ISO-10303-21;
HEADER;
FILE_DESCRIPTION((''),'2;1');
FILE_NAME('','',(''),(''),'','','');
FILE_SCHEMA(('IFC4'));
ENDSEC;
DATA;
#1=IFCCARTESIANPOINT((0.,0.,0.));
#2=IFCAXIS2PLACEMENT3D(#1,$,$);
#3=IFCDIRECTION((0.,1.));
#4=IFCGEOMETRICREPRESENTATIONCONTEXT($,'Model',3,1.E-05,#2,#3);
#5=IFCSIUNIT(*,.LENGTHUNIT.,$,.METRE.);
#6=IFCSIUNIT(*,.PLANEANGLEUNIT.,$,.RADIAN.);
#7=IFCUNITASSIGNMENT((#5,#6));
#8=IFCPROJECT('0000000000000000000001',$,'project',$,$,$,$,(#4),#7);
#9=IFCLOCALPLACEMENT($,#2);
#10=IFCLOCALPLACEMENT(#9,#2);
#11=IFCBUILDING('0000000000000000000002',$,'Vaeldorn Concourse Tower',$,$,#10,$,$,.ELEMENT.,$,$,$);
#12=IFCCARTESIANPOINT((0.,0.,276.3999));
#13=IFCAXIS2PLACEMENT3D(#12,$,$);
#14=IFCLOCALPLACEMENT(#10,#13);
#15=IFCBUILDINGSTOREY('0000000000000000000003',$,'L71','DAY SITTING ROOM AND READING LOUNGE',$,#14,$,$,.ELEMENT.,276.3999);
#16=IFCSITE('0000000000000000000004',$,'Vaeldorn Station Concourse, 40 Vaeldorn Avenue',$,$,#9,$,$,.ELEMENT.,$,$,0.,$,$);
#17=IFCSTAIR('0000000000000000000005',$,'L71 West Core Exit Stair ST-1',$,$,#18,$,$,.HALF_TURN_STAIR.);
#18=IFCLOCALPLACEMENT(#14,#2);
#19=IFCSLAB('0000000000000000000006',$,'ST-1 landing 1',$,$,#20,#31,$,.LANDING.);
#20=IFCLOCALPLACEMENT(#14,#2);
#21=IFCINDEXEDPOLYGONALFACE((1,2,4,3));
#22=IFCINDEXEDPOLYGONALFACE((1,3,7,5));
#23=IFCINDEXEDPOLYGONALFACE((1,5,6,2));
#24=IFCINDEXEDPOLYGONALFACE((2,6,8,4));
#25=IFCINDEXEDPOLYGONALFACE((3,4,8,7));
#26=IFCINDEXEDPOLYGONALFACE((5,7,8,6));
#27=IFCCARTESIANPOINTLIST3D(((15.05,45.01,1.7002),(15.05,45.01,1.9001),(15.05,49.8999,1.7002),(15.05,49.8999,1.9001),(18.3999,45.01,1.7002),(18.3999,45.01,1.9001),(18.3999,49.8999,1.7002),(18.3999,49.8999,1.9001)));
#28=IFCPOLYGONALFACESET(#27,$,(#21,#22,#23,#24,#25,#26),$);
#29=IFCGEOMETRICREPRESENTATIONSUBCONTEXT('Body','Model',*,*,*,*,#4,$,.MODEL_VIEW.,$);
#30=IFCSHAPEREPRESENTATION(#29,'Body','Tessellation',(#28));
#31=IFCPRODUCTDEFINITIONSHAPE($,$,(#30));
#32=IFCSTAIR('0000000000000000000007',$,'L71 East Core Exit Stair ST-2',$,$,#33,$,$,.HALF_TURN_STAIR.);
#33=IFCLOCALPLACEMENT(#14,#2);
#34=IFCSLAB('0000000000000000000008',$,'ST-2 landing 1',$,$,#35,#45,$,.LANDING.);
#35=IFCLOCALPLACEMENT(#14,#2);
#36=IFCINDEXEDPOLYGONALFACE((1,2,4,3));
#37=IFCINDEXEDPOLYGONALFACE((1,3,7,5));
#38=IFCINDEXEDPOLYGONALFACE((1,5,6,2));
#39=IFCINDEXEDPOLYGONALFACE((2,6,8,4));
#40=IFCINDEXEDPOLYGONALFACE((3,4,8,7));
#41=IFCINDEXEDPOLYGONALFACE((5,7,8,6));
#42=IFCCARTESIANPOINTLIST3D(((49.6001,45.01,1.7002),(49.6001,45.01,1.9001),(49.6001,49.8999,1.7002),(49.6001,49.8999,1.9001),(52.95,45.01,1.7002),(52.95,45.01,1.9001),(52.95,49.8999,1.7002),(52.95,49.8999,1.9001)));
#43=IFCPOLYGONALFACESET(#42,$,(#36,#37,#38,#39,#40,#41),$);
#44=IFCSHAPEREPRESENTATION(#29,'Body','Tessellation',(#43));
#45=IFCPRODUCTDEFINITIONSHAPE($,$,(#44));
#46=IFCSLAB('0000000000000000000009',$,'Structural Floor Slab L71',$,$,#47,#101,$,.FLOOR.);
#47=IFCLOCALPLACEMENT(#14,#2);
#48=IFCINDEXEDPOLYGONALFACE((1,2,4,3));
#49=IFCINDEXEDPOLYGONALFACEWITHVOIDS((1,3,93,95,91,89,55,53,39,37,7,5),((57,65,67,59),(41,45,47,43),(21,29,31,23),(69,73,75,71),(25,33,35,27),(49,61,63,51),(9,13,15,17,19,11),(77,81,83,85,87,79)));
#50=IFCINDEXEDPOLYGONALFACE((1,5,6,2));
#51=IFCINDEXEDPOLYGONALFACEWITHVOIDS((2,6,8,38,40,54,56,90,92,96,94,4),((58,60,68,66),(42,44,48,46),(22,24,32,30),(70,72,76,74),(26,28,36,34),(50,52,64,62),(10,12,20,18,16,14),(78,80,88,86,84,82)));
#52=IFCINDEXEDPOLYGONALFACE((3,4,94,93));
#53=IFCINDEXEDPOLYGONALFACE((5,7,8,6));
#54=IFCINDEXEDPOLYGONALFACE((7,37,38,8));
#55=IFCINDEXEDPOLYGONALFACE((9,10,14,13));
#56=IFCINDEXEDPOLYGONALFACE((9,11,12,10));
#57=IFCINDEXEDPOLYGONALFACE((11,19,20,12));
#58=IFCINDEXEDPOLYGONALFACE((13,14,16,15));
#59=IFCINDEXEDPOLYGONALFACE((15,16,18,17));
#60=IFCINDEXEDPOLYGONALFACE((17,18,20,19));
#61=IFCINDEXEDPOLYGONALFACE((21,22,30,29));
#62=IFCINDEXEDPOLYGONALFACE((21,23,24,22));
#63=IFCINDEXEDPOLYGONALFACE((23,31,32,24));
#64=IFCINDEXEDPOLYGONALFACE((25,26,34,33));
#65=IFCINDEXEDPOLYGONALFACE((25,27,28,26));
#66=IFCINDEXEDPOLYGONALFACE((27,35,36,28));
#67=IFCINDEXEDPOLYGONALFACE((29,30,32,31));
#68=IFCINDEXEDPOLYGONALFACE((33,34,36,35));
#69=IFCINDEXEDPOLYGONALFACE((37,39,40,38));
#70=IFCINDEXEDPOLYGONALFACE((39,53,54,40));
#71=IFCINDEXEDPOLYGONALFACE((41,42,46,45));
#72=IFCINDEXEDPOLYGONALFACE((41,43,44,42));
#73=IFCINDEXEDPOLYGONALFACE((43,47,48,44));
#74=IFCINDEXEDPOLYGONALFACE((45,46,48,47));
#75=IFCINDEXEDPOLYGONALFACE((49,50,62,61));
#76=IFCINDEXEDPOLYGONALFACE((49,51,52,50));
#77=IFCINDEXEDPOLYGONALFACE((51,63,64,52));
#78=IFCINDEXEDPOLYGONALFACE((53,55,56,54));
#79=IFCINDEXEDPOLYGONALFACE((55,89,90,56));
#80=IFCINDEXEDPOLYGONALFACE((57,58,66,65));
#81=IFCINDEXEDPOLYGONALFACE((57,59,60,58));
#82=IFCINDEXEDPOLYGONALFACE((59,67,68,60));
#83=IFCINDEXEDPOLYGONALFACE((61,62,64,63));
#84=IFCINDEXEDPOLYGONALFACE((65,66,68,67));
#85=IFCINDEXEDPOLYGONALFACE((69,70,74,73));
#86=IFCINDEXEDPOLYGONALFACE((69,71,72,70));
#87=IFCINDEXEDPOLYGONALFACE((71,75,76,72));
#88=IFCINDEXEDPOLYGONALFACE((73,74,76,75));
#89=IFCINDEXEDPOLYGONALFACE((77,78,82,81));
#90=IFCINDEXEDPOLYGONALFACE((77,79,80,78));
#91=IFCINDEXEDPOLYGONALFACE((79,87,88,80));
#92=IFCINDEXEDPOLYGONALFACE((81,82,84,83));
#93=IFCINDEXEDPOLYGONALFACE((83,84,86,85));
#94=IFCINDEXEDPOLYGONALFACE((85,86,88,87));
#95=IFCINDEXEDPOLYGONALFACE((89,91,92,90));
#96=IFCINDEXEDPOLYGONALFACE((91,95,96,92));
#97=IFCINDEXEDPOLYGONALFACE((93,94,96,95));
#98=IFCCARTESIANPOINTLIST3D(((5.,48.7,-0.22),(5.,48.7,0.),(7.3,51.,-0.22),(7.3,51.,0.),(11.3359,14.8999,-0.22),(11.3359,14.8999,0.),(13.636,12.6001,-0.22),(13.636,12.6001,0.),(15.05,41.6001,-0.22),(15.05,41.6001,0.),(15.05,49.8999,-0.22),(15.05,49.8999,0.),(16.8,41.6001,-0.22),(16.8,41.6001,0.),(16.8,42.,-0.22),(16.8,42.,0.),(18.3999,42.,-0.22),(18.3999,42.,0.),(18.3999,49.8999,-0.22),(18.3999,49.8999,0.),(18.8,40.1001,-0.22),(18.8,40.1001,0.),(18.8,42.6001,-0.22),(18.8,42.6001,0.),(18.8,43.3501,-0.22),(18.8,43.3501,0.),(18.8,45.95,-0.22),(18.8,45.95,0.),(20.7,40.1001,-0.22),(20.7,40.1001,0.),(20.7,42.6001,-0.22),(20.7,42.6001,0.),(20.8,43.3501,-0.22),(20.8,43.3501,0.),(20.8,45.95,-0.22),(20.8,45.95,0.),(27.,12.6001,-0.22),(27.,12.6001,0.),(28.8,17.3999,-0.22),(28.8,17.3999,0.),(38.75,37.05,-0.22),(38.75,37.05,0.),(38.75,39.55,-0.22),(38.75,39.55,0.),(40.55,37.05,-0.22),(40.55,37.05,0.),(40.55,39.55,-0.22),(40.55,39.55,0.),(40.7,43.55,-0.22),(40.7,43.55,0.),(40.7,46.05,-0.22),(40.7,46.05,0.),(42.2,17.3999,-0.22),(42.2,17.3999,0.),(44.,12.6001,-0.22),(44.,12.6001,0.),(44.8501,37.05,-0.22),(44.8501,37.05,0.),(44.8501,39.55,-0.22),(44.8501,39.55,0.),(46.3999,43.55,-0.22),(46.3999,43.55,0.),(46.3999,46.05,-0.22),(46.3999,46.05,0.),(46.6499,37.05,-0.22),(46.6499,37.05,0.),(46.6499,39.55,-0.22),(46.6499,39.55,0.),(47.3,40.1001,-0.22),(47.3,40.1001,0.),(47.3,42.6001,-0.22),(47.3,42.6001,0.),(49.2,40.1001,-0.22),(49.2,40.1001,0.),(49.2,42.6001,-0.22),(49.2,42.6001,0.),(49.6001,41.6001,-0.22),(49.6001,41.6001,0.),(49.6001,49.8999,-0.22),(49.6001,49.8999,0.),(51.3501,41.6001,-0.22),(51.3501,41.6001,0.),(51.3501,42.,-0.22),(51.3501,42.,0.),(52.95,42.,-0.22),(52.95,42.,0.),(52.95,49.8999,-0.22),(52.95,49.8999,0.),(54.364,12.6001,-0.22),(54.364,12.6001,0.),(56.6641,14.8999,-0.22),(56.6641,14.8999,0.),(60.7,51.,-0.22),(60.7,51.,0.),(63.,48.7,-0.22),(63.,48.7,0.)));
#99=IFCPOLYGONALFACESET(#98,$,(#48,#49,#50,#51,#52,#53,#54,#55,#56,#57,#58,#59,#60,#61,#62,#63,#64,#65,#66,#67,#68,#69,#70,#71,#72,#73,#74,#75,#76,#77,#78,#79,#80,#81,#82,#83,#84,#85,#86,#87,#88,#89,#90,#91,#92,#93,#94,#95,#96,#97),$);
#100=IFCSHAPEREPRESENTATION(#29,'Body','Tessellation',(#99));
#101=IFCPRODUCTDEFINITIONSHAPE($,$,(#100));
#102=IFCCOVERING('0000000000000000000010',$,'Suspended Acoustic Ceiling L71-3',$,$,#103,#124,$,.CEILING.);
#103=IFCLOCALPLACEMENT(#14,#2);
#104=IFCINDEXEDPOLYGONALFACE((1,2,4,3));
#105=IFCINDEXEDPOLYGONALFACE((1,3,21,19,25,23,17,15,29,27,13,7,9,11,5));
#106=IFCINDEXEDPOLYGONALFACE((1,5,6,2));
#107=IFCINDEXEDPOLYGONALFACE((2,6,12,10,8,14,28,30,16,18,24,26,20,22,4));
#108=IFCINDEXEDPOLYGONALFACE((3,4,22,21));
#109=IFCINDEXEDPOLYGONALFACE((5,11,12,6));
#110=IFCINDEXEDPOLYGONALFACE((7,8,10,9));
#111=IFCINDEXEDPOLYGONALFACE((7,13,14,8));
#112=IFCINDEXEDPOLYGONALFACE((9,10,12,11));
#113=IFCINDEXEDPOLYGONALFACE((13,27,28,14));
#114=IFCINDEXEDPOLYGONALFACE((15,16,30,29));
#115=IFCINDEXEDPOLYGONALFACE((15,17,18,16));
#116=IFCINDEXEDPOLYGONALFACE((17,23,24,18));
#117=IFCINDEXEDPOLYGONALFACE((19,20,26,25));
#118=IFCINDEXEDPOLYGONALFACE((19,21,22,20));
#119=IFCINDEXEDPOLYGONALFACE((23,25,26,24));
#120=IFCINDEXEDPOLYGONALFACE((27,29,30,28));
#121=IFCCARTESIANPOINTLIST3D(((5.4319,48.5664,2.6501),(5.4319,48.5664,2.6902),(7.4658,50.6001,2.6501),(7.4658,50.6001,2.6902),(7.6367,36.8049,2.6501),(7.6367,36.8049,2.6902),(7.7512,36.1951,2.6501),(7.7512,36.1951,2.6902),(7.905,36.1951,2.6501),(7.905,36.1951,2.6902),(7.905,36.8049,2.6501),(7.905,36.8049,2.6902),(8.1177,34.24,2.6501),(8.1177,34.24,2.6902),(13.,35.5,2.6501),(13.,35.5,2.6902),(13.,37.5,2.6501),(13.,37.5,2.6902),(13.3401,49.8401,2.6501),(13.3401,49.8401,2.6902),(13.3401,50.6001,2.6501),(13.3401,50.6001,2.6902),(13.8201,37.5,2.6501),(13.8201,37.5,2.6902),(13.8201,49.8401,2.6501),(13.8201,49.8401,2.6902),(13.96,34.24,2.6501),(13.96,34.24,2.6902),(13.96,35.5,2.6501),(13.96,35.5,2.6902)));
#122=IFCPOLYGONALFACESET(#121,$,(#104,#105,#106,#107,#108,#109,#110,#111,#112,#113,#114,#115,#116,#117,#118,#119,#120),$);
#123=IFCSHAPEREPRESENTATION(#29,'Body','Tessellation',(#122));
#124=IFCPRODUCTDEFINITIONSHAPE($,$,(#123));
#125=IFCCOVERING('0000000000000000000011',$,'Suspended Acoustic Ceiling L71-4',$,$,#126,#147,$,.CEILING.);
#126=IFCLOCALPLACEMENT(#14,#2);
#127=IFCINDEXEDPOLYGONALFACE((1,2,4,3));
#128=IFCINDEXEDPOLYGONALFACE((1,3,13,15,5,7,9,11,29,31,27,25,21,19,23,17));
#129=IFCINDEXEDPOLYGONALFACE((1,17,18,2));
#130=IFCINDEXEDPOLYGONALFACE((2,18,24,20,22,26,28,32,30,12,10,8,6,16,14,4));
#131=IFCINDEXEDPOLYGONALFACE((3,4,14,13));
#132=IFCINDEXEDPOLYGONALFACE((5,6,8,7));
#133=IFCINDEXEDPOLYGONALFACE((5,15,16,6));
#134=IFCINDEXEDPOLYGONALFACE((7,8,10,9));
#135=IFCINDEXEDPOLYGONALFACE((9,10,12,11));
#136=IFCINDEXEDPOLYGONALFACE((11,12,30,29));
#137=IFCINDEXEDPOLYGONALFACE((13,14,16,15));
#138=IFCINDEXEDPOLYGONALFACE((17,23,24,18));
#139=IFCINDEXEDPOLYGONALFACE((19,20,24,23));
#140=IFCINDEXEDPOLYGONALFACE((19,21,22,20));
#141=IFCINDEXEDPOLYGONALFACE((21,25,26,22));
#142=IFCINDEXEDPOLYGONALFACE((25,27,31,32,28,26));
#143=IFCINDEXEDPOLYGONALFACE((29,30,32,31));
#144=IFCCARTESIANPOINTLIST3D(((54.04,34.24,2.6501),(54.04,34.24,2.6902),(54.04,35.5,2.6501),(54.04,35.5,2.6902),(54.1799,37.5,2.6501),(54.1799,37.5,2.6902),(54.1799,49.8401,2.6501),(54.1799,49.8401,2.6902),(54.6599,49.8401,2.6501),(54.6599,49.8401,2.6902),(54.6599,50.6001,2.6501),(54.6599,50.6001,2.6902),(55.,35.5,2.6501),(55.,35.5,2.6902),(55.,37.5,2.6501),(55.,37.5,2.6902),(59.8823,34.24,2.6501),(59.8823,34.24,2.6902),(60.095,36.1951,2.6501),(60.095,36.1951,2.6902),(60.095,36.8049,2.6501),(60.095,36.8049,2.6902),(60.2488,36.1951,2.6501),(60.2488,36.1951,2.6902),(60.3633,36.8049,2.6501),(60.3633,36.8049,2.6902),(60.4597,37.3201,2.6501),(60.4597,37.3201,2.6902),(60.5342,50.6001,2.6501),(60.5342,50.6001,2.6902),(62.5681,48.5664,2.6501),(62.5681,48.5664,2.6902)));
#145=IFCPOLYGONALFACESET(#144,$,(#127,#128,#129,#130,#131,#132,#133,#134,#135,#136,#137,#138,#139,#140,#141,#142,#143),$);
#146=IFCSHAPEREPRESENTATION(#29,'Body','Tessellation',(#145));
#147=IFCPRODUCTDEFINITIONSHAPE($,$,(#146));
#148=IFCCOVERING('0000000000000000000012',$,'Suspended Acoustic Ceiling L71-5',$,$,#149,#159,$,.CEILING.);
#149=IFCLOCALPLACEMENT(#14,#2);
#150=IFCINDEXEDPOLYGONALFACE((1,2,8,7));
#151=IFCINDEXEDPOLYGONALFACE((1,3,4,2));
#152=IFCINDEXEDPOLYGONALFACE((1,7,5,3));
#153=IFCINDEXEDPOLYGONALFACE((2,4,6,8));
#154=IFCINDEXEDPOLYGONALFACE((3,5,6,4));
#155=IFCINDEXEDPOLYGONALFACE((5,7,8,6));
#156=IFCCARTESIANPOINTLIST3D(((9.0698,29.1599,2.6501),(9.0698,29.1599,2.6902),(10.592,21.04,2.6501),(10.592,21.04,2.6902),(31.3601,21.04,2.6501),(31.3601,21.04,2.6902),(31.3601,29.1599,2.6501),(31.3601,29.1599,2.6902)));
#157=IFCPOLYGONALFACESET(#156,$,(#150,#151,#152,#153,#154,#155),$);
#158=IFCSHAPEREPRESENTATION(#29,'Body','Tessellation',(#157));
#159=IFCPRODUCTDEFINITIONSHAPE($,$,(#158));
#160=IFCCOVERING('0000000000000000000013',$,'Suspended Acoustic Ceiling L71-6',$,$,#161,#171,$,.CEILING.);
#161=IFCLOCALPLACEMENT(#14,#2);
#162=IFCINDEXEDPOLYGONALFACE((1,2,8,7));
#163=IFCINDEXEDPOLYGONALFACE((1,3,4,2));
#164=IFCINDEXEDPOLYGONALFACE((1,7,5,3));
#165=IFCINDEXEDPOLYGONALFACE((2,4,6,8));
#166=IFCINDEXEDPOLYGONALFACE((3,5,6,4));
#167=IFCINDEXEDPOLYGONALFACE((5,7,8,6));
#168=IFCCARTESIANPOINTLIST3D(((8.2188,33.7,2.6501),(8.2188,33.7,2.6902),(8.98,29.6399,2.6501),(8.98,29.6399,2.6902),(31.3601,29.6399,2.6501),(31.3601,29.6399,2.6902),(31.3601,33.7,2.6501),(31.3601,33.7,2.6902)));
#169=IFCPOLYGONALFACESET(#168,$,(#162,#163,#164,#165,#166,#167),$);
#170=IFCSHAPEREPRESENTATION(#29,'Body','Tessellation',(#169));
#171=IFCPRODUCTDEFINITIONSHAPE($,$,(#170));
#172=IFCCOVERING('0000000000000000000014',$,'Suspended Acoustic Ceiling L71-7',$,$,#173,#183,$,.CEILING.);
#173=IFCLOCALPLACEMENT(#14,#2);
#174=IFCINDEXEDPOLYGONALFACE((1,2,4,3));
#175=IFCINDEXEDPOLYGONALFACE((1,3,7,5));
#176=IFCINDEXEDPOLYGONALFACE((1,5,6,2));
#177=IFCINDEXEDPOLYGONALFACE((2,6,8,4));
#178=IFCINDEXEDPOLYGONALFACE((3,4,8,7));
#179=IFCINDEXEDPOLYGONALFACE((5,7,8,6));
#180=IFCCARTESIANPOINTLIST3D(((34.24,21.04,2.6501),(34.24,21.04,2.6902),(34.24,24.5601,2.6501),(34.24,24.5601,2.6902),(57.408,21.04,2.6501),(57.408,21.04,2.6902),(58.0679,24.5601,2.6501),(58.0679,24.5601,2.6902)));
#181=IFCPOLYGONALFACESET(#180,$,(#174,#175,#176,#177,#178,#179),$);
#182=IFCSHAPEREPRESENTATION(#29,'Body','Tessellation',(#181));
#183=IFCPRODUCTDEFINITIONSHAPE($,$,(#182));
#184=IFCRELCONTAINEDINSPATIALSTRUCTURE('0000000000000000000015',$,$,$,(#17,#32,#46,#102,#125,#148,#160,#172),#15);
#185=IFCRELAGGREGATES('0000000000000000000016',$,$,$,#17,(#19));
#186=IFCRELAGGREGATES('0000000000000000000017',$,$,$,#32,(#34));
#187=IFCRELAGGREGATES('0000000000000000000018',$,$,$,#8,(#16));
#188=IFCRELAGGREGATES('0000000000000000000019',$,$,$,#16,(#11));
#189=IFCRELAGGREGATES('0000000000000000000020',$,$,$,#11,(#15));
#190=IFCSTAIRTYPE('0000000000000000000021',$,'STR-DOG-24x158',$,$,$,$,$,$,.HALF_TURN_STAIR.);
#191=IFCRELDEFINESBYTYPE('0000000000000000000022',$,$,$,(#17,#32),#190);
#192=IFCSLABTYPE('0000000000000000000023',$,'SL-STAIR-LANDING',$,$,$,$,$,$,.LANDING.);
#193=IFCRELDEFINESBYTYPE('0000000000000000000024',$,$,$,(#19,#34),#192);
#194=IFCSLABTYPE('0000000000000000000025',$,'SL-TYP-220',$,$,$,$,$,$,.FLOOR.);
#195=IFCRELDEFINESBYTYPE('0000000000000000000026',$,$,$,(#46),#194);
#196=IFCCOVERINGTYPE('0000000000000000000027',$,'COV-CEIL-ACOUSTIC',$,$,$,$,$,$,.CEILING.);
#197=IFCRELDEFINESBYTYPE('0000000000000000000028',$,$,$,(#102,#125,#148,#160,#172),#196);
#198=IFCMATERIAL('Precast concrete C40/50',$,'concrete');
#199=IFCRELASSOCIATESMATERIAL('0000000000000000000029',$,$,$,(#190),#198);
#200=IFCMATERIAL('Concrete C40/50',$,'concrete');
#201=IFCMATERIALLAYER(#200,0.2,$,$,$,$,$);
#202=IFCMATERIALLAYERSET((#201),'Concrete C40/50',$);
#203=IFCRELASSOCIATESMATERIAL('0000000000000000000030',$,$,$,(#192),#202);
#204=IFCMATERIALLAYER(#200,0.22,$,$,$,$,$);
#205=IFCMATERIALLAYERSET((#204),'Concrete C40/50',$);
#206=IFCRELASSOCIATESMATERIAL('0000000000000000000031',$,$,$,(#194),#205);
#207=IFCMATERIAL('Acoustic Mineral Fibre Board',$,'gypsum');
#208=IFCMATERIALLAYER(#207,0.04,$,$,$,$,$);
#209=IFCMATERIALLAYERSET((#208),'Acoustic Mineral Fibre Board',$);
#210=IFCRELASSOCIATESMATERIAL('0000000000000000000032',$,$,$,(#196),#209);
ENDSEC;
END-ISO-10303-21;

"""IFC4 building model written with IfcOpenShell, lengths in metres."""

from ifc_helpers import new_model, si_unit, direction, frame, origin, place, context, subcontext, project, spatial, polyline, outline, extrude, material, layer, layer_set, type_object, element, aggregate, save


model = new_model("IFC4")

# Units and contexts
model_context = context("Model", 3, precision=1e-05, world=origin(), true_north=direction((0.0, 1.0)))
body_context = subcontext(model_context, "Body", "Model", "MODEL_VIEW")
ifc_project = project(units=[si_unit("LENGTHUNIT", "METRE"), si_unit("PLANEANGLEUNIT", "RADIAN")], contexts=[model_context])

# Site, building, storey
site_placement = place(None, origin())
site = spatial("IfcSite", under=ifc_project, at=site_placement, Name="Vaeldorn Station Concourse, 40 Vaeldorn Avenue", CompositionType="ELEMENT", RefElevation=0.0)
building_placement = place(site_placement, origin())
building = spatial("IfcBuilding", under=site, at=building_placement, Name="Vaeldorn Concourse Tower", CompositionType="ELEMENT")
storey_placement = place(building_placement, frame((0.0, 0.0, 276.3999)))
storey = spatial("IfcBuildingStorey", under=building, at=storey_placement, Name="L71", Description="DAY SITTING ROOM AND READING LOUNGE", CompositionType="ELEMENT", Elevation=276.3999)

# Stairs, slabs
ifc_material_1 = material(Name="Precast concrete C40/50", Category="concrete")
stair_type = type_object("IfcStairType", Name="STR-DOG-24x158", PredefinedType="HALF_TURN_STAIR", material=ifc_material_1)
stair_1_placement = place(storey_placement, origin())
stair_1 = element("IfcStair", 1, at=stair_1_placement, inside=storey, type_object=stair_type, Name="L71 West Core Exit Stair ST-1", PredefinedType="HALF_TURN_STAIR")
ifc_material_2 = material(Name="Concrete C40/50", Category="concrete")
ifc_layer_1 = layer(ifc_material_2, 0.2)
ifc_layer_set_1 = layer_set([ifc_layer_1], Name="Concrete C40/50")
slab_type_1 = type_object("IfcSlabType", Name="SL-STAIR-LANDING", PredefinedType="LANDING", material=ifc_layer_set_1)
slab_1_placement = place(storey_placement, frame((0.0, 0.0, 1.7002)))
slab_1 = element("IfcSlab", 2, at=slab_1_placement, type_object=slab_type_1, Name="ST-1 landing 1", PredefinedType="LANDING", context=body_context, shape_type="SweptSolid", body=[
    extrude(outline(polyline([(18.3999, 45.01), (18.3999, 49.8999), (15.05, 49.8999), (15.05, 45.01), (18.3999, 45.01)])), origin(), (0.0, 0.0, 1.0), 0.2),
])
aggregate(stair_1, [slab_1])
stair_2_placement = place(storey_placement, origin())
stair_2 = element("IfcStair", 3, at=stair_2_placement, inside=storey, type_object=stair_type, Name="L71 East Core Exit Stair ST-2", PredefinedType="HALF_TURN_STAIR")
slab_2_placement = place(storey_placement, frame((0.0, 0.0, 1.7002)))
slab_2 = element("IfcSlab", 4, at=slab_2_placement, type_object=slab_type_1, Name="ST-2 landing 1", PredefinedType="LANDING", context=body_context, shape_type="SweptSolid", body=[
    extrude(outline(polyline([(52.95, 45.01), (52.95, 49.8999), (49.6001, 49.8999), (49.6001, 45.01), (52.95, 45.01)])), origin(), (0.0, 0.0, 1.0), 0.2),
])
aggregate(stair_2, [slab_2])

# Slab
ifc_layer_2 = layer(ifc_material_2, 0.22)
ifc_layer_set_2 = layer_set([ifc_layer_2], Name="Concrete C40/50")
slab_type_2 = type_object("IfcSlabType", Name="SL-TYP-220", PredefinedType="FLOOR", material=ifc_layer_set_2)
slab_3_placement = place(storey_placement, frame((0.0, 0.0, -0.22)))
element("IfcSlab", 5, at=slab_3_placement, inside=storey, type_object=slab_type_2, Name="Structural Floor Slab L71", PredefinedType="FLOOR", context=body_context, shape_type="SweptSolid", body=[
    extrude(outline(polyline([(13.636, 12.6001), (27.0, 12.6001), (28.8, 17.3999), (42.2, 17.3999), (44.0, 12.6001), (54.364, 12.6001), (56.6641, 14.8999), (63.0, 48.7), (60.7, 51.0), (7.3, 51.0), (5.0, 48.7), (11.3359, 14.8999), (13.636, 12.6001)]), holes=[polyline([(18.3999, 42.0), (18.3999, 49.8999), (15.05, 49.8999), (15.05, 41.6001), (16.8, 41.6001), (16.8, 42.0), (18.3999, 42.0)]), polyline([(52.95, 42.0), (52.95, 49.8999), (49.6001, 49.8999), (49.6001, 41.6001), (51.3501, 41.6001), (51.3501, 42.0), (52.95, 42.0)]), polyline([(38.75, 37.05), (40.55, 37.05), (40.55, 39.55), (38.75, 39.55), (38.75, 37.05)]), polyline([(44.8501, 37.05), (46.6499, 37.05), (46.6499, 39.55), (44.8501, 39.55), (44.8501, 37.05)]), polyline([(40.7, 43.55), (46.3999, 43.55), (46.3999, 46.05), (40.7, 46.05), (40.7, 43.55)]), polyline([(18.8, 43.3501), (20.8, 43.3501), (20.8, 45.95), (18.8, 45.95), (18.8, 43.3501)]), polyline([(18.8, 40.1001), (20.7, 40.1001), (20.7, 42.6001), (18.8, 42.6001), (18.8, 40.1001)]), polyline([(47.3, 40.1001), (49.2, 40.1001), (49.2, 42.6001), (47.3, 42.6001), (47.3, 40.1001)])]), origin(), (0.0, 0.0, 1.0), 0.22),
])

# Coverings
ifc_material_3 = material(Name="Acoustic Mineral Fibre Board", Category="gypsum")
ifc_layer_3 = layer(ifc_material_3, 0.04)
ifc_layer_set_3 = layer_set([ifc_layer_3], Name="Acoustic Mineral Fibre Board")
covering_type_1 = type_object("IfcCoveringType", Name="COV-CEIL-ACOUSTIC", PredefinedType="CEILING", material=ifc_layer_set_3)
covering_1_placement = place(storey_placement, frame((0.0, 0.0, 2.6501)))
element("IfcCovering", 6, at=covering_1_placement, inside=storey, type_object=covering_type_1, Name="Suspended Acoustic Ceiling L71-3", PredefinedType="CEILING", context=body_context, shape_type="SweptSolid", body=[
    extrude(outline(polyline([(7.4658, 50.6001), (13.3401, 50.6001), (13.3401, 49.8401), (13.8201, 49.8401), (13.8201, 37.5), (13.0, 37.5), (13.0, 35.5), (13.96, 35.5), (13.96, 34.24), (8.1177, 34.24), (7.7512, 36.1951), (7.905, 36.1951), (7.905, 36.8049), (7.6367, 36.8049), (5.4319, 48.5664), (7.4658, 50.6001)])), origin(), (0.0, 0.0, 1.0), 0.04),
])
covering_2_placement = place(storey_placement, frame((0.0, 0.0, 2.6501)))
element("IfcCovering", 7, at=covering_2_placement, inside=storey, type_object=covering_type_1, Name="Suspended Acoustic Ceiling L71-4", PredefinedType="CEILING", context=body_context, shape_type="SweptSolid", body=[
    extrude(outline(polyline([(54.1799, 49.8401), (54.6599, 49.8401), (54.6599, 50.6001), (60.5342, 50.6001), (62.5681, 48.5664), (60.4597, 37.3201), (60.4597, 37.3201), (60.3633, 36.8049), (60.095, 36.8049), (60.095, 36.1951), (60.2488, 36.1951), (59.8823, 34.24), (54.04, 34.24), (54.04, 35.5), (55.0, 35.5), (55.0, 37.5), (54.1799, 37.5), (54.1799, 49.8401)])), origin(), (0.0, 0.0, 1.0), 0.04),
])
covering_3_placement = place(storey_placement, frame((0.0, 0.0, 2.6501)))
element("IfcCovering", 8, at=covering_3_placement, inside=storey, type_object=covering_type_1, Name="Suspended Acoustic Ceiling L71-5", PredefinedType="CEILING", context=body_context, shape_type="SweptSolid", body=[
    extrude(outline(polyline([(31.3601, 29.1599), (31.3601, 21.04), (10.592, 21.04), (9.0698, 29.1599), (31.3601, 29.1599)])), origin(), (0.0, 0.0, 1.0), 0.04),
])
covering_4_placement = place(storey_placement, frame((0.0, 0.0, 2.6501)))
element("IfcCovering", 9, at=covering_4_placement, inside=storey, type_object=covering_type_1, Name="Suspended Acoustic Ceiling L71-6", PredefinedType="CEILING", context=body_context, shape_type="SweptSolid", body=[
    extrude(outline(polyline([(31.3601, 33.7), (31.3601, 29.6399), (8.98, 29.6399), (8.2188, 33.7), (31.3601, 33.7)])), origin(), (0.0, 0.0, 1.0), 0.04),
])
covering_5_placement = place(storey_placement, frame((0.0, 0.0, 2.6501)))
element("IfcCovering", 10, at=covering_5_placement, inside=storey, type_object=covering_type_1, Name="Suspended Acoustic Ceiling L71-7", PredefinedType="CEILING", context=body_context, shape_type="SweptSolid", body=[
    extrude(outline(polyline([(34.24, 21.04), (34.24, 24.5601), (58.0679, 24.5601), (57.408, 21.04), (34.24, 21.04)])), origin(), (0.0, 0.0, 1.0), 0.04),
])

save(model, "model.ifc")
